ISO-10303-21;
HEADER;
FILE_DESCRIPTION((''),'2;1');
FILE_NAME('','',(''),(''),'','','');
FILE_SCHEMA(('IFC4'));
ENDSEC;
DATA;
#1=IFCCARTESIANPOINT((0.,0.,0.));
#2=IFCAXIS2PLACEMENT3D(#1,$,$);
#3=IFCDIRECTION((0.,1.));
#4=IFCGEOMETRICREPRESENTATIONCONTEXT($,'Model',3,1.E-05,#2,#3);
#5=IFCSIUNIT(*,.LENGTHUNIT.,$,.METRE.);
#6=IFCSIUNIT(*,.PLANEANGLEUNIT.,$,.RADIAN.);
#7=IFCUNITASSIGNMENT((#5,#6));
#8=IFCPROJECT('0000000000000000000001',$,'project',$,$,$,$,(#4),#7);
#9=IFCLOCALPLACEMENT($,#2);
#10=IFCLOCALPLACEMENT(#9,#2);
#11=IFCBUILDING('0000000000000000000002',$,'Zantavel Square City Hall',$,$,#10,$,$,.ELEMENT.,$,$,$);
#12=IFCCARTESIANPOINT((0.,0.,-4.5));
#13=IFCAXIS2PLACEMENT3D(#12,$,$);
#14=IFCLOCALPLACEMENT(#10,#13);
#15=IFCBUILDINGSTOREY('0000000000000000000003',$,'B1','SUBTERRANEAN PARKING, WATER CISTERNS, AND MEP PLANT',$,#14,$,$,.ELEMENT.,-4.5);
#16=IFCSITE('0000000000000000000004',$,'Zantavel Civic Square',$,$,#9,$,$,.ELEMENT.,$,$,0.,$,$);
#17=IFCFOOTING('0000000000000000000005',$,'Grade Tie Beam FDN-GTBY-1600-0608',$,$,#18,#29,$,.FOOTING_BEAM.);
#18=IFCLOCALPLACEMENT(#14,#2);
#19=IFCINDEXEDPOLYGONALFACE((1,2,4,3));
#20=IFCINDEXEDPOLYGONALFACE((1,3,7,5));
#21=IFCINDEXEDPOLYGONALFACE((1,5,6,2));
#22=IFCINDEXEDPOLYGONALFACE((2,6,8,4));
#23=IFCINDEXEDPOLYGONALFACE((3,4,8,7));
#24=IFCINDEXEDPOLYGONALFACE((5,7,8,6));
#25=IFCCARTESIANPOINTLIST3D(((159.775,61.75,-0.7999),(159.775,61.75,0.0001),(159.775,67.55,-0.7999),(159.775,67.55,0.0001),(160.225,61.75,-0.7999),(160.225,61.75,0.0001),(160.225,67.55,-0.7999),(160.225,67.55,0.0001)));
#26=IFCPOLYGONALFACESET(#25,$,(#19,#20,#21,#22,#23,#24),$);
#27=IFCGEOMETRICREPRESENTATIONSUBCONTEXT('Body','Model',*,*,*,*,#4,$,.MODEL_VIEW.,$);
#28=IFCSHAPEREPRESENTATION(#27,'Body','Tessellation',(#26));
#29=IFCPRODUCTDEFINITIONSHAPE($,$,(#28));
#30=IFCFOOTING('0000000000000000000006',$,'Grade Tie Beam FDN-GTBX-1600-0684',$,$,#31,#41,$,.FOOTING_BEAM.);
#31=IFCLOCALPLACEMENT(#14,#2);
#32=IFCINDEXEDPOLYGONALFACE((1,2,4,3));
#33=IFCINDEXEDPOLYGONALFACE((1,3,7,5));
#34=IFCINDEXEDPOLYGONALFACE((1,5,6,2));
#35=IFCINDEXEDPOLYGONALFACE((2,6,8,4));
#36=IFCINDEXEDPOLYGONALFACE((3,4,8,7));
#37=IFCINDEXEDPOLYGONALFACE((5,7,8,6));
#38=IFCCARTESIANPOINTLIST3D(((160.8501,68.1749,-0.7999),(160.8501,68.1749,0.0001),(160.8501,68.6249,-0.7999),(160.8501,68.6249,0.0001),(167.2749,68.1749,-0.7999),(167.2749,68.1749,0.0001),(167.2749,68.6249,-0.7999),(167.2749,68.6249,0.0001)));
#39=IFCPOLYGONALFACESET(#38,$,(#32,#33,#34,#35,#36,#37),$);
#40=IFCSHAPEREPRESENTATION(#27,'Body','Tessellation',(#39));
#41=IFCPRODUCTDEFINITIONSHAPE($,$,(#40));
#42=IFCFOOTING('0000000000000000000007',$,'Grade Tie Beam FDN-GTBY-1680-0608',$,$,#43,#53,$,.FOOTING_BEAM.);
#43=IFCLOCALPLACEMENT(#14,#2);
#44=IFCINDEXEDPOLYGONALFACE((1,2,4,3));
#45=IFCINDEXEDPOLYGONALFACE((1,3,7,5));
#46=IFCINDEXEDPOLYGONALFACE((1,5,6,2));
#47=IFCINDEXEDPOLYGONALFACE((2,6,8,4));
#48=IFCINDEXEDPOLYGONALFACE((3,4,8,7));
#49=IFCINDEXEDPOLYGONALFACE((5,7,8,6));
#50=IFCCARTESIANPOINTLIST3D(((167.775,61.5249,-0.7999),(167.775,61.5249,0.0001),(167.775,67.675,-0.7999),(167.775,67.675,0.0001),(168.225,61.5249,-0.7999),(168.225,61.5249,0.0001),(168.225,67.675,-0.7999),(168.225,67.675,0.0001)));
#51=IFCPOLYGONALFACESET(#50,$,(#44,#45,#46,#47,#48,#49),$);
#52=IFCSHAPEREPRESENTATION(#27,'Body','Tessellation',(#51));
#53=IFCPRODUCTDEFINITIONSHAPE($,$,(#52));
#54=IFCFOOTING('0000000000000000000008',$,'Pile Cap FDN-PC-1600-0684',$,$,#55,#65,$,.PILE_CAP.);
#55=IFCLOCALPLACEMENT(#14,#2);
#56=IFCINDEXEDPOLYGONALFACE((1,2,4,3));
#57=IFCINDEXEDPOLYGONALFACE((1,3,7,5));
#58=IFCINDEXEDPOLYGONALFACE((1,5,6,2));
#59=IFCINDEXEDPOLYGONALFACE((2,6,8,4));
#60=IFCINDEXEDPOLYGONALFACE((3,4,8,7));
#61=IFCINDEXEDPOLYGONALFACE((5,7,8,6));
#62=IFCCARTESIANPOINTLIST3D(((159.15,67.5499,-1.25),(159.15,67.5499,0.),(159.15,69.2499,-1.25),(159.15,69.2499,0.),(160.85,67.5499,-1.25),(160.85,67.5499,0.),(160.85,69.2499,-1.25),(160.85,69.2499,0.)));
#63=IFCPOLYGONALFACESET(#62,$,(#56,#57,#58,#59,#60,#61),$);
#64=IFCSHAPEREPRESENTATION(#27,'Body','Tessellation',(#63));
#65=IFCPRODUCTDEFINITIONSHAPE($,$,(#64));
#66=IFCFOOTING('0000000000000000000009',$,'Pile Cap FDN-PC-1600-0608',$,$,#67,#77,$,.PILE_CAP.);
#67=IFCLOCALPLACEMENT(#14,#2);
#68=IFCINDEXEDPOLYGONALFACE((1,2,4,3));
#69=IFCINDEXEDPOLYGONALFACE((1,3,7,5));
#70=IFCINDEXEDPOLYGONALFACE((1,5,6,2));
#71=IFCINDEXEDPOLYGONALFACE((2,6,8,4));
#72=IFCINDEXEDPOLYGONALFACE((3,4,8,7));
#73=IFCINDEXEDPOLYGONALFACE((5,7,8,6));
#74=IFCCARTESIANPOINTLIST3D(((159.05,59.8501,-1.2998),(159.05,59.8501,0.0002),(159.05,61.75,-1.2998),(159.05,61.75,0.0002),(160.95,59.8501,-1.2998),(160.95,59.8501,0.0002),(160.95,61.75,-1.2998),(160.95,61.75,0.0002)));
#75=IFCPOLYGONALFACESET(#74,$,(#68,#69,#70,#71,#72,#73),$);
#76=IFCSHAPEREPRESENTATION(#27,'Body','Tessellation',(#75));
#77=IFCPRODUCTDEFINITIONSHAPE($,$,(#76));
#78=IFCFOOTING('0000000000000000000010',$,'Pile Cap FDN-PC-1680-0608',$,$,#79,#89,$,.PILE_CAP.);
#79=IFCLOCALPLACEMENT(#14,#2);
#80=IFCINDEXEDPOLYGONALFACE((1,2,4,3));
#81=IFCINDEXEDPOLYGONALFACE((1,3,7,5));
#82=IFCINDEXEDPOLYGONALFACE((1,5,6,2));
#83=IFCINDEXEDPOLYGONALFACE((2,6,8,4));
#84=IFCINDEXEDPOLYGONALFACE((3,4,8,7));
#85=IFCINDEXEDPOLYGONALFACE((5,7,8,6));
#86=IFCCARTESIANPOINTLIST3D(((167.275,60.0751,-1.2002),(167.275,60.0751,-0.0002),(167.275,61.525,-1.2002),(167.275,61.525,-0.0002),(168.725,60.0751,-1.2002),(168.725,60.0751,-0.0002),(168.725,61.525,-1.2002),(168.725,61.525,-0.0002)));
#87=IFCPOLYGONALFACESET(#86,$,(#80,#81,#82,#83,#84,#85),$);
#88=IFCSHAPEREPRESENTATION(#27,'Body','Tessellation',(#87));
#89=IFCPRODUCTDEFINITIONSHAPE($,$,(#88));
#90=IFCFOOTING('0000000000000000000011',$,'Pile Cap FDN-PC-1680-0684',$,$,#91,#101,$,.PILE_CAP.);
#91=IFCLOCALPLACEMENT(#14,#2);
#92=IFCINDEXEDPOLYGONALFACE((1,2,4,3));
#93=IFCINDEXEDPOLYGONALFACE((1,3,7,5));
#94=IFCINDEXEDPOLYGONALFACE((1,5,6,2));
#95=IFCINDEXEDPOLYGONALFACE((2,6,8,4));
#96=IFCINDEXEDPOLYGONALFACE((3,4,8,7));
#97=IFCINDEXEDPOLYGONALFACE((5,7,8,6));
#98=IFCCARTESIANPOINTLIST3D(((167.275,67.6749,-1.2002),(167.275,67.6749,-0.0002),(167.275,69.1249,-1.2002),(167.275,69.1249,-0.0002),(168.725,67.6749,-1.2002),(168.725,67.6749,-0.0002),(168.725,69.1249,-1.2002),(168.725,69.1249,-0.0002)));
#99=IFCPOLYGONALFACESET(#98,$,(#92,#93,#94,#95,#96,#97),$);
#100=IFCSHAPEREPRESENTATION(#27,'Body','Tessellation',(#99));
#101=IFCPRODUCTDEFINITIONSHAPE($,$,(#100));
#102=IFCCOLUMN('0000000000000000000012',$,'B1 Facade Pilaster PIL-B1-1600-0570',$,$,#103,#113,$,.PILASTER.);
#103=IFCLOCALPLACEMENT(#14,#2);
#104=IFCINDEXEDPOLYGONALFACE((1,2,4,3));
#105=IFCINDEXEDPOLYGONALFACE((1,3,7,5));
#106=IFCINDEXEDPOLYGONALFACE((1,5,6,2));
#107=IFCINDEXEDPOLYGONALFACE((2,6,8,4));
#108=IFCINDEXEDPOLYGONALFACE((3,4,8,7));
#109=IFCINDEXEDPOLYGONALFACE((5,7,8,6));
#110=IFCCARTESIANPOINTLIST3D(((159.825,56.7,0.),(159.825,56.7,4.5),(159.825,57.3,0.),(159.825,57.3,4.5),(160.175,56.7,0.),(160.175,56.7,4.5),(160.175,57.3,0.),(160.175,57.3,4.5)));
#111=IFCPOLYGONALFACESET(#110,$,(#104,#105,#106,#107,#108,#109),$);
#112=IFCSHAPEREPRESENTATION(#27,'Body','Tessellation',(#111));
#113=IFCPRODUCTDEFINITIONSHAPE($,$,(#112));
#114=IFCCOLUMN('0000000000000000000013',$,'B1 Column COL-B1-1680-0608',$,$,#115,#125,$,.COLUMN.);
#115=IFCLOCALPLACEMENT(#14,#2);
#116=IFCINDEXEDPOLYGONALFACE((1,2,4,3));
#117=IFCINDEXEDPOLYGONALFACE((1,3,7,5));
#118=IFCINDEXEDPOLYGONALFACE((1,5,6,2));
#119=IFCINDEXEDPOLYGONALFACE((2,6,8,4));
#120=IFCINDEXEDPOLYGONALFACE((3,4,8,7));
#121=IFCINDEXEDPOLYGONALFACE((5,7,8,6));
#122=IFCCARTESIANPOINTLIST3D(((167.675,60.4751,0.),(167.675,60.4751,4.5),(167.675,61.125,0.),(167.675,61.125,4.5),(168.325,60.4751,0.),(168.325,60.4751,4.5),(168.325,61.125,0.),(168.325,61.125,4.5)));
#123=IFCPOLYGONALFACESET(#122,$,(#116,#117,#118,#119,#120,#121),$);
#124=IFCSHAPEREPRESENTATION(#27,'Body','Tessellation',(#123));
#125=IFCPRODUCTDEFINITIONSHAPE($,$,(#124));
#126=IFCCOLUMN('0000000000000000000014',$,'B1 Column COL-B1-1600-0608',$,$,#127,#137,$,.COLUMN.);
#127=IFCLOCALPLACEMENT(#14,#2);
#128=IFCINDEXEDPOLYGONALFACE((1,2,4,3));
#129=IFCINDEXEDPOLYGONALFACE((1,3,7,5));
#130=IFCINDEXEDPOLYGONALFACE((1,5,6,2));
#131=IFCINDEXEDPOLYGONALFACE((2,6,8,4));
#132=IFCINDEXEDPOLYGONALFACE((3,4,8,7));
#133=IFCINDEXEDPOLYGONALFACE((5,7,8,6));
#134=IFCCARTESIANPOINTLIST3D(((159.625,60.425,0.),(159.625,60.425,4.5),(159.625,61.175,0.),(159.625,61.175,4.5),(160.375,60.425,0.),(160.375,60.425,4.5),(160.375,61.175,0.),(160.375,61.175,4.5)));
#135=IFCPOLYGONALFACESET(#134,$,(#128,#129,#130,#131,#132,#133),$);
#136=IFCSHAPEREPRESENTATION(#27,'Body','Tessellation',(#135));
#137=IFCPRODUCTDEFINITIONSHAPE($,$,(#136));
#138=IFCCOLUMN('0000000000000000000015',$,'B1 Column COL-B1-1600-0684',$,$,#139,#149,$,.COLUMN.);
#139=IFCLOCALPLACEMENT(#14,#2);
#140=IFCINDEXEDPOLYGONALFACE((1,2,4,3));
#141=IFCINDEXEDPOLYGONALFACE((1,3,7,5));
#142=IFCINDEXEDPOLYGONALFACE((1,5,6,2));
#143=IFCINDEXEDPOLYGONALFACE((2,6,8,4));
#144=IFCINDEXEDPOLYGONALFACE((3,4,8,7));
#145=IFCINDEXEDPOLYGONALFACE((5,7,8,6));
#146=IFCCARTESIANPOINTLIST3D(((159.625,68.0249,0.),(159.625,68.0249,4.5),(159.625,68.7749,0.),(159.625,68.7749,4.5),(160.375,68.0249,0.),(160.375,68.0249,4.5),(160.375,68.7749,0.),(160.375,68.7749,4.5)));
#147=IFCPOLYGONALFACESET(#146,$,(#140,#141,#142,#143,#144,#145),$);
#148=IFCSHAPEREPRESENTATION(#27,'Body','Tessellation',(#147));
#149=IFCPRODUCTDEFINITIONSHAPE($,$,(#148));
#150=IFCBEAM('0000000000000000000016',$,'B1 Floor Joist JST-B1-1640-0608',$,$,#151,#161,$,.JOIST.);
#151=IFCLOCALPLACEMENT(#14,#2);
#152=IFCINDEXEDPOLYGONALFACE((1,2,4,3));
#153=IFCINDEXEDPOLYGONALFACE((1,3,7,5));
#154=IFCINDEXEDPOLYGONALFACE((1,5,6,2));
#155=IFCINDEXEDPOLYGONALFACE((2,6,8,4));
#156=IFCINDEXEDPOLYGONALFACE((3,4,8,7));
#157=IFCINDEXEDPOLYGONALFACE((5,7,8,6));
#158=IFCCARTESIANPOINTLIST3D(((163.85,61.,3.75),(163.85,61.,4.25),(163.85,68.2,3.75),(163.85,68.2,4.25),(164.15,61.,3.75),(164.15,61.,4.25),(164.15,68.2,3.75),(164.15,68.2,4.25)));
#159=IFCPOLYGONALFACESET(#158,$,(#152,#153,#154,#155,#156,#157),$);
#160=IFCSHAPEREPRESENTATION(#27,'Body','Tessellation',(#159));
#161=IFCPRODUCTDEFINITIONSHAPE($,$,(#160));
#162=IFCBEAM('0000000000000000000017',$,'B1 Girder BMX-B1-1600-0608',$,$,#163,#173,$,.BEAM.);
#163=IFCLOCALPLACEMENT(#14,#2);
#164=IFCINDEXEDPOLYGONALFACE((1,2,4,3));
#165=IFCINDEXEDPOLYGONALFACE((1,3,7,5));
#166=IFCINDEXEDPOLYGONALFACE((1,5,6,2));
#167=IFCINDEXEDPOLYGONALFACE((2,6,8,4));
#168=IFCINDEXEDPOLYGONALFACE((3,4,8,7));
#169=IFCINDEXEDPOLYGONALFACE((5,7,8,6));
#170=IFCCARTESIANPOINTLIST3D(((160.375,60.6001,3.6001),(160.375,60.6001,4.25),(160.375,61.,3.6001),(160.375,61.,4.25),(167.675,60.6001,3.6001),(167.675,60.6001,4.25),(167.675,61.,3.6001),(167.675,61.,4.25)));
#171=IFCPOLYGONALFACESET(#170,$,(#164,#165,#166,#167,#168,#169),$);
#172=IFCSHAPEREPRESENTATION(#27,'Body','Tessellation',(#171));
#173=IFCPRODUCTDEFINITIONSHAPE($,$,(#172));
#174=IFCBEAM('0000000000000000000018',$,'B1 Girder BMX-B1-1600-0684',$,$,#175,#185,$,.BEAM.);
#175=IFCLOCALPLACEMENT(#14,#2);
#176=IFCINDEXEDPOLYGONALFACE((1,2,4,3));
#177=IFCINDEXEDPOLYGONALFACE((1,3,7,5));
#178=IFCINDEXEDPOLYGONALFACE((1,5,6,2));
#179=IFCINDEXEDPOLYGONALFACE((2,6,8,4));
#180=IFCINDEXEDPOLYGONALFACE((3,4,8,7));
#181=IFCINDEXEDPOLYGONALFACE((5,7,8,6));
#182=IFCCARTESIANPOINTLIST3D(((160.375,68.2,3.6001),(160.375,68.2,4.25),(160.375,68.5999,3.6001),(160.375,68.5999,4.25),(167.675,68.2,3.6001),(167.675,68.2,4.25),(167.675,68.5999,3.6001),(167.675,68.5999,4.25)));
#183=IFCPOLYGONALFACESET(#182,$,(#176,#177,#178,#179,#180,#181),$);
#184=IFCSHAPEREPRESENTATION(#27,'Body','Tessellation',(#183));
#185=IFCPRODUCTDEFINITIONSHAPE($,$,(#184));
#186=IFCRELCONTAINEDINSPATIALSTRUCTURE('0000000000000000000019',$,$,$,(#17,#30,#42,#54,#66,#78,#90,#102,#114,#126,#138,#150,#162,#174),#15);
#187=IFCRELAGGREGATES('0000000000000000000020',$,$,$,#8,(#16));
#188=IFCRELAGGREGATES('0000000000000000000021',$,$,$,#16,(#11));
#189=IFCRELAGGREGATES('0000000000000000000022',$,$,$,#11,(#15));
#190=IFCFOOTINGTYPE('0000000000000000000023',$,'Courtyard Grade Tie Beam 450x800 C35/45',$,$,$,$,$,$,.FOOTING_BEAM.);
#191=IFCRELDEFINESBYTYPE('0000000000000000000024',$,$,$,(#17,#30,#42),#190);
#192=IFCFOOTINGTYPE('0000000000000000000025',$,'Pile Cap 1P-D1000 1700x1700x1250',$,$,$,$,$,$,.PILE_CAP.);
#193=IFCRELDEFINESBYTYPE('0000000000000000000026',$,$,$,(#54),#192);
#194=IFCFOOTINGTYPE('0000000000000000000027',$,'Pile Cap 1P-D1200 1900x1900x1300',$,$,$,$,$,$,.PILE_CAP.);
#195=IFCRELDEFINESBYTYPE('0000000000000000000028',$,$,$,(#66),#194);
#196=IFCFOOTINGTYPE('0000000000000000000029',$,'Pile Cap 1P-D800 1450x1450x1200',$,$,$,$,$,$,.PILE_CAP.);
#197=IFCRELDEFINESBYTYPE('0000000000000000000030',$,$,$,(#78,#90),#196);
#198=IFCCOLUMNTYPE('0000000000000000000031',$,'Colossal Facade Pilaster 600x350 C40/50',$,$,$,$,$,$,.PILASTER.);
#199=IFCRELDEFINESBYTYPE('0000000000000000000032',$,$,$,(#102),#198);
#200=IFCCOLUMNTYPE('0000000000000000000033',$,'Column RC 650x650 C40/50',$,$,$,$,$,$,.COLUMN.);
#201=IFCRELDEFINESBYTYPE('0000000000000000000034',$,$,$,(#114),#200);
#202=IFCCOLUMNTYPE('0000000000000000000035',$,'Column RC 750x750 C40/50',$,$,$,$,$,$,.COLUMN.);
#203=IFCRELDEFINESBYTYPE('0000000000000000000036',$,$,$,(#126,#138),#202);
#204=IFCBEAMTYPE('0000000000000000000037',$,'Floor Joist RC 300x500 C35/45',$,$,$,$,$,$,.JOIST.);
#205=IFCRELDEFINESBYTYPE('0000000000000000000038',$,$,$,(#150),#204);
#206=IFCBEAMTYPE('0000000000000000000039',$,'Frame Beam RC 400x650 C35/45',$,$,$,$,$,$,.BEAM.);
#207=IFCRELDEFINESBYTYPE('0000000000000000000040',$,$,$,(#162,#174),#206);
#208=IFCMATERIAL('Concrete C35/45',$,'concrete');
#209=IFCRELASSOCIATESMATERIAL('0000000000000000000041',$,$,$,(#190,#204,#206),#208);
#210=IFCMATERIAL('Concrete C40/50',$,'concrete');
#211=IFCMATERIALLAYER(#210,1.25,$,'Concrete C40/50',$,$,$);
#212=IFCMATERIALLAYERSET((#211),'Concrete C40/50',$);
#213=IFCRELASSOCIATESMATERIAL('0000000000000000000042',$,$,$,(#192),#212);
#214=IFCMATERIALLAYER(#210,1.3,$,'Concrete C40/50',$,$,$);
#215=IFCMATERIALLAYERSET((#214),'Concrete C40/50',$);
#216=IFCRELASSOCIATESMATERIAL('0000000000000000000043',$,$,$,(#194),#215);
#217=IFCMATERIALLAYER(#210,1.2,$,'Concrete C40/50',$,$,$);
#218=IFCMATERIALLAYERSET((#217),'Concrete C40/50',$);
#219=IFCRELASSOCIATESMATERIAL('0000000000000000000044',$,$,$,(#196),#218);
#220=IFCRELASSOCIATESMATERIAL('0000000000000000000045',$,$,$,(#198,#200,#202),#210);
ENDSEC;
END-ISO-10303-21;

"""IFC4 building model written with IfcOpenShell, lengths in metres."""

from ifc_helpers import new_model, si_unit, direction, frame, origin, origin_2d, place, context, subcontext, project, spatial, rectangle, extrude, material, layer, layer_set, material_profile, profile_set, type_object, element, save


model = new_model("IFC4")

# Units and contexts
model_context = context("Model", 3, precision=1e-05, world=origin(), true_north=direction((0.0, 1.0)))
body_context = subcontext(model_context, "Body", "Model", "MODEL_VIEW")
ifc_project = project(units=[si_unit("LENGTHUNIT", "METRE"), si_unit("PLANEANGLEUNIT", "RADIAN")], contexts=[model_context])

# Site, building, storey
site_placement = place(None, origin())
site = spatial("IfcSite", under=ifc_project, at=site_placement, Name="Zantavel Civic Square", CompositionType="ELEMENT", RefElevation=0.0)
building_placement = place(site_placement, origin())
building = spatial("IfcBuilding", under=site, at=building_placement, Name="Zantavel Square City Hall", CompositionType="ELEMENT")
storey_placement = place(building_placement, frame((0.0, 0.0, -4.5)))
storey = spatial("IfcBuildingStorey", under=building, at=storey_placement, Name="B1", Description="SUBTERRANEAN PARKING, WATER CISTERNS, AND MEP PLANT", CompositionType="ELEMENT", Elevation=-4.5)

# Shared definitions
ifc_material_1 = material(Name="Concrete C35/45", Category="concrete")

# Footings
ifc_material_profile_1 = material_profile(ifc_material_1, rectangle(XDim=0.45, YDim=0.8, at=origin_2d()), Name="RC 450x800")
ifc_profile_set_1 = profile_set([ifc_material_profile_1], Name="Concrete C35/45")
footing_type_1 = type_object("IfcFootingType", Name="Courtyard Grade Tie Beam 450x800 C35/45", PredefinedType="FOOTING_BEAM", material=ifc_profile_set_1)
footing_1_placement = place(storey_placement, frame((160.0, 61.75, -0.3999), z_axis=(0.0, 1.0, 0.0), x_axis=(-1.0, 0.0, 0.0)))
element("IfcFooting", 1, at=footing_1_placement, inside=storey, type_object=footing_type_1, Name="Grade Tie Beam FDN-GTBY-1600-0608", PredefinedType="FOOTING_BEAM", context=body_context, shape_type="SweptSolid", body=[
    extrude(rectangle(XDim=0.45, YDim=0.8, at=origin_2d()), origin(), (0.0, 0.0, 1.0), 5.8),
])
footing_2_placement = place(storey_placement, frame((160.8501, 68.3999, -0.3999), z_axis=(1.0, 0.0, 0.0), x_axis=(0.0, 1.0, 0.0)))
element("IfcFooting", 2, at=footing_2_placement, inside=storey, type_object=footing_type_1, Name="Grade Tie Beam FDN-GTBX-1600-0684", PredefinedType="FOOTING_BEAM", context=body_context, shape_type="SweptSolid", body=[
    extrude(rectangle(XDim=0.45, YDim=0.8, at=origin_2d()), origin(), (0.0, 0.0, 1.0), 6.4248),
])
footing_3_placement = place(storey_placement, frame((168.0, 61.5249, -0.3999), z_axis=(0.0, 1.0, 0.0), x_axis=(-1.0, 0.0, 0.0)))
element("IfcFooting", 3, at=footing_3_placement, inside=storey, type_object=footing_type_1, Name="Grade Tie Beam FDN-GTBY-1680-0608", PredefinedType="FOOTING_BEAM", context=body_context, shape_type="SweptSolid", body=[
    extrude(rectangle(XDim=0.45, YDim=0.8, at=origin_2d()), origin(), (0.0, 0.0, 1.0), 6.1501),
])
ifc_material_2 = material(Name="Concrete C40/50", Category="concrete")
ifc_layer_1 = layer(ifc_material_2, 1.25, Name="Concrete C40/50")
ifc_layer_set_1 = layer_set([ifc_layer_1], Name="Concrete C40/50")
footing_type_2 = type_object("IfcFootingType", Name="Pile Cap 1P-D1000 1700x1700x1250", PredefinedType="PILE_CAP", material=ifc_layer_set_1)
footing_4_placement = place(storey_placement, frame((160.0, 68.3999, -1.25), z_axis=(0.0, 0.0, 1.0), x_axis=(1.0, 0.0, 0.0)))
element("IfcFooting", 4, at=footing_4_placement, inside=storey, type_object=footing_type_2, Name="Pile Cap FDN-PC-1600-0684", PredefinedType="PILE_CAP", context=body_context, shape_type="SweptSolid", body=[
    extrude(rectangle(XDim=1.7, YDim=1.7, at=origin_2d()), origin(), (0.0, 0.0, 1.0), 1.25),
])
ifc_layer_2 = layer(ifc_material_2, 1.3, Name="Concrete C40/50")
ifc_layer_set_2 = layer_set([ifc_layer_2], Name="Concrete C40/50")
footing_type_3 = type_object("IfcFootingType", Name="Pile Cap 1P-D1200 1900x1900x1300", PredefinedType="PILE_CAP", material=ifc_layer_set_2)
footing_5_placement = place(storey_placement, frame((160.0, 60.8, -1.2998), z_axis=(0.0, 0.0, 1.0), x_axis=(1.0, 0.0, 0.0)))
element("IfcFooting", 5, at=footing_5_placement, inside=storey, type_object=footing_type_3, Name="Pile Cap FDN-PC-1600-0608", PredefinedType="PILE_CAP", context=body_context, shape_type="SweptSolid", body=[
    extrude(rectangle(XDim=1.8999, YDim=1.8999, at=origin_2d()), origin(), (0.0, 0.0, 1.0), 1.3),
])
ifc_layer_3 = layer(ifc_material_2, 1.2, Name="Concrete C40/50")
ifc_layer_set_3 = layer_set([ifc_layer_3], Name="Concrete C40/50")
footing_type_4 = type_object("IfcFootingType", Name="Pile Cap 1P-D800 1450x1450x1200", PredefinedType="PILE_CAP", material=ifc_layer_set_3)
for number, where, z_axis, x_axis, name in (
    (6, (168.0, 60.8, -1.2002), (0.0, 0.0, 1.0), (1.0, 0.0, 0.0), "Pile Cap FDN-PC-1680-0608"),
    (7, (168.0, 68.3999, -1.2002), (0.0, 0.0, 1.0), (1.0, 0.0, 0.0), "Pile Cap FDN-PC-1680-0684"),
):
    element("IfcFooting", number, at=place(storey_placement, frame(where, z_axis=z_axis, x_axis=x_axis)), inside=storey, type_object=footing_type_4, Name=name, PredefinedType="PILE_CAP", context=body_context, shape_type="SweptSolid", body=[
        extrude(rectangle(XDim=1.45, YDim=1.45, at=origin_2d()), origin(), (0.0, 0.0, 1.0), 1.2),
    ])

# Columns
ifc_material_profile_2 = material_profile(ifc_material_2, rectangle(XDim=0.6001, YDim=0.3501, at=origin_2d()), Name="RC 600x350")
ifc_profile_set_2 = profile_set([ifc_material_profile_2], Name="Concrete C40/50")
column_type_1 = type_object("IfcColumnType", Name="Colossal Facade Pilaster 600x350 C40/50", PredefinedType="PILASTER", material=ifc_profile_set_2)
column_1_placement = place(storey_placement, frame((160.0, 57.0, 0.0), z_axis=(0.0, 0.0, 1.0), x_axis=(0.0, 1.0, 0.0)))
element("IfcColumn", 8, at=column_1_placement, inside=storey, type_object=column_type_1, Name="B1 Facade Pilaster PIL-B1-1600-0570", PredefinedType="PILASTER", context=body_context, shape_type="SweptSolid", body=[
    extrude(rectangle(XDim=0.6001, YDim=0.3501, at=origin_2d()), origin(), (0.0, 0.0, 1.0), 4.5),
])
ifc_material_profile_3 = material_profile(ifc_material_2, rectangle(XDim=0.6499, YDim=0.6499, at=origin_2d()), Name="RC 650x650")
ifc_profile_set_3 = profile_set([ifc_material_profile_3], Name="Concrete C40/50")
column_type_2 = type_object("IfcColumnType", Name="Column RC 650x650 C40/50", PredefinedType="COLUMN", material=ifc_profile_set_3)
column_2_placement = place(storey_placement, frame((168.0, 60.8, 0.0), z_axis=(0.0, 0.0, 1.0), x_axis=(1.0, 0.0, 0.0)))
element("IfcColumn", 9, at=column_2_placement, inside=storey, type_object=column_type_2, Name="B1 Column COL-B1-1680-0608", PredefinedType="COLUMN", context=body_context, shape_type="SweptSolid", body=[
    extrude(rectangle(XDim=0.6499, YDim=0.6499, at=origin_2d()), origin(), (0.0, 0.0, 1.0), 4.5),
])
ifc_material_profile_4 = material_profile(ifc_material_2, rectangle(XDim=0.75, YDim=0.75, at=origin_2d()), Name="RC 750x750")
ifc_profile_set_4 = profile_set([ifc_material_profile_4], Name="Concrete C40/50")
column_type_3 = type_object("IfcColumnType", Name="Column RC 750x750 C40/50", PredefinedType="COLUMN", material=ifc_profile_set_4)
for number, where, z_axis, x_axis, name in (
    (10, (160.0, 60.8, 0.0), (0.0, 0.0, 1.0), (1.0, 0.0, 0.0), "B1 Column COL-B1-1600-0608"),
    (11, (160.0, 68.3999, 0.0), (0.0, 0.0, 1.0), (1.0, 0.0, 0.0), "B1 Column COL-B1-1600-0684"),
):
    element("IfcColumn", number, at=place(storey_placement, frame(where, z_axis=z_axis, x_axis=x_axis)), inside=storey, type_object=column_type_3, Name=name, PredefinedType="COLUMN", context=body_context, shape_type="SweptSolid", body=[
        extrude(rectangle(XDim=0.75, YDim=0.75, at=origin_2d()), origin(), (0.0, 0.0, 1.0), 4.5),
    ])

# Beams
ifc_material_profile_5 = material_profile(ifc_material_1, rectangle(XDim=0.3, YDim=0.5, at=origin_2d()), Name="RC 300x500")
ifc_profile_set_5 = profile_set([ifc_material_profile_5], Name="Concrete C35/45")
beam_type_1 = type_object("IfcBeamType", Name="Floor Joist RC 300x500 C35/45", PredefinedType="JOIST", material=ifc_profile_set_5)
beam_1_placement = place(storey_placement, frame((164.0, 61.0, 4.0), z_axis=(0.0, 1.0, 0.0), x_axis=(-1.0, 0.0, 0.0)))
element("IfcBeam", 12, at=beam_1_placement, inside=storey, type_object=beam_type_1, Name="B1 Floor Joist JST-B1-1640-0608", PredefinedType="JOIST", context=body_context, shape_type="SweptSolid", body=[
    extrude(rectangle(XDim=0.3, YDim=0.5, at=origin_2d()), origin(), (0.0, 0.0, 1.0), 7.2),
])
ifc_material_profile_6 = material_profile(ifc_material_1, rectangle(XDim=0.3999, YDim=0.6499, at=origin_2d()), Name="RC 400x650")
ifc_profile_set_6 = profile_set([ifc_material_profile_6], Name="Concrete C35/45")
beam_type_2 = type_object("IfcBeamType", Name="Frame Beam RC 400x650 C35/45", PredefinedType="BEAM", material=ifc_profile_set_6)
for number, where, z_axis, x_axis, name in (
    (13, (160.375, 60.8, 3.925), (1.0, 0.0, 0.0), (0.0, 1.0, 0.0), "B1 Girder BMX-B1-1600-0608"),
    (14, (160.375, 68.3999, 3.925), (1.0, 0.0, 0.0), (0.0, 1.0, 0.0), "B1 Girder BMX-B1-1600-0684"),
):
    element("IfcBeam", number, at=place(storey_placement, frame(where, z_axis=z_axis, x_axis=x_axis)), inside=storey, type_object=beam_type_2, Name=name, PredefinedType="BEAM", context=body_context, shape_type="SweptSolid", body=[
        extrude(rectangle(XDim=0.3999, YDim=0.6499, at=origin_2d()), origin(), (0.0, 0.0, 1.0), 7.3),
    ])

save(model, "model.ifc")
